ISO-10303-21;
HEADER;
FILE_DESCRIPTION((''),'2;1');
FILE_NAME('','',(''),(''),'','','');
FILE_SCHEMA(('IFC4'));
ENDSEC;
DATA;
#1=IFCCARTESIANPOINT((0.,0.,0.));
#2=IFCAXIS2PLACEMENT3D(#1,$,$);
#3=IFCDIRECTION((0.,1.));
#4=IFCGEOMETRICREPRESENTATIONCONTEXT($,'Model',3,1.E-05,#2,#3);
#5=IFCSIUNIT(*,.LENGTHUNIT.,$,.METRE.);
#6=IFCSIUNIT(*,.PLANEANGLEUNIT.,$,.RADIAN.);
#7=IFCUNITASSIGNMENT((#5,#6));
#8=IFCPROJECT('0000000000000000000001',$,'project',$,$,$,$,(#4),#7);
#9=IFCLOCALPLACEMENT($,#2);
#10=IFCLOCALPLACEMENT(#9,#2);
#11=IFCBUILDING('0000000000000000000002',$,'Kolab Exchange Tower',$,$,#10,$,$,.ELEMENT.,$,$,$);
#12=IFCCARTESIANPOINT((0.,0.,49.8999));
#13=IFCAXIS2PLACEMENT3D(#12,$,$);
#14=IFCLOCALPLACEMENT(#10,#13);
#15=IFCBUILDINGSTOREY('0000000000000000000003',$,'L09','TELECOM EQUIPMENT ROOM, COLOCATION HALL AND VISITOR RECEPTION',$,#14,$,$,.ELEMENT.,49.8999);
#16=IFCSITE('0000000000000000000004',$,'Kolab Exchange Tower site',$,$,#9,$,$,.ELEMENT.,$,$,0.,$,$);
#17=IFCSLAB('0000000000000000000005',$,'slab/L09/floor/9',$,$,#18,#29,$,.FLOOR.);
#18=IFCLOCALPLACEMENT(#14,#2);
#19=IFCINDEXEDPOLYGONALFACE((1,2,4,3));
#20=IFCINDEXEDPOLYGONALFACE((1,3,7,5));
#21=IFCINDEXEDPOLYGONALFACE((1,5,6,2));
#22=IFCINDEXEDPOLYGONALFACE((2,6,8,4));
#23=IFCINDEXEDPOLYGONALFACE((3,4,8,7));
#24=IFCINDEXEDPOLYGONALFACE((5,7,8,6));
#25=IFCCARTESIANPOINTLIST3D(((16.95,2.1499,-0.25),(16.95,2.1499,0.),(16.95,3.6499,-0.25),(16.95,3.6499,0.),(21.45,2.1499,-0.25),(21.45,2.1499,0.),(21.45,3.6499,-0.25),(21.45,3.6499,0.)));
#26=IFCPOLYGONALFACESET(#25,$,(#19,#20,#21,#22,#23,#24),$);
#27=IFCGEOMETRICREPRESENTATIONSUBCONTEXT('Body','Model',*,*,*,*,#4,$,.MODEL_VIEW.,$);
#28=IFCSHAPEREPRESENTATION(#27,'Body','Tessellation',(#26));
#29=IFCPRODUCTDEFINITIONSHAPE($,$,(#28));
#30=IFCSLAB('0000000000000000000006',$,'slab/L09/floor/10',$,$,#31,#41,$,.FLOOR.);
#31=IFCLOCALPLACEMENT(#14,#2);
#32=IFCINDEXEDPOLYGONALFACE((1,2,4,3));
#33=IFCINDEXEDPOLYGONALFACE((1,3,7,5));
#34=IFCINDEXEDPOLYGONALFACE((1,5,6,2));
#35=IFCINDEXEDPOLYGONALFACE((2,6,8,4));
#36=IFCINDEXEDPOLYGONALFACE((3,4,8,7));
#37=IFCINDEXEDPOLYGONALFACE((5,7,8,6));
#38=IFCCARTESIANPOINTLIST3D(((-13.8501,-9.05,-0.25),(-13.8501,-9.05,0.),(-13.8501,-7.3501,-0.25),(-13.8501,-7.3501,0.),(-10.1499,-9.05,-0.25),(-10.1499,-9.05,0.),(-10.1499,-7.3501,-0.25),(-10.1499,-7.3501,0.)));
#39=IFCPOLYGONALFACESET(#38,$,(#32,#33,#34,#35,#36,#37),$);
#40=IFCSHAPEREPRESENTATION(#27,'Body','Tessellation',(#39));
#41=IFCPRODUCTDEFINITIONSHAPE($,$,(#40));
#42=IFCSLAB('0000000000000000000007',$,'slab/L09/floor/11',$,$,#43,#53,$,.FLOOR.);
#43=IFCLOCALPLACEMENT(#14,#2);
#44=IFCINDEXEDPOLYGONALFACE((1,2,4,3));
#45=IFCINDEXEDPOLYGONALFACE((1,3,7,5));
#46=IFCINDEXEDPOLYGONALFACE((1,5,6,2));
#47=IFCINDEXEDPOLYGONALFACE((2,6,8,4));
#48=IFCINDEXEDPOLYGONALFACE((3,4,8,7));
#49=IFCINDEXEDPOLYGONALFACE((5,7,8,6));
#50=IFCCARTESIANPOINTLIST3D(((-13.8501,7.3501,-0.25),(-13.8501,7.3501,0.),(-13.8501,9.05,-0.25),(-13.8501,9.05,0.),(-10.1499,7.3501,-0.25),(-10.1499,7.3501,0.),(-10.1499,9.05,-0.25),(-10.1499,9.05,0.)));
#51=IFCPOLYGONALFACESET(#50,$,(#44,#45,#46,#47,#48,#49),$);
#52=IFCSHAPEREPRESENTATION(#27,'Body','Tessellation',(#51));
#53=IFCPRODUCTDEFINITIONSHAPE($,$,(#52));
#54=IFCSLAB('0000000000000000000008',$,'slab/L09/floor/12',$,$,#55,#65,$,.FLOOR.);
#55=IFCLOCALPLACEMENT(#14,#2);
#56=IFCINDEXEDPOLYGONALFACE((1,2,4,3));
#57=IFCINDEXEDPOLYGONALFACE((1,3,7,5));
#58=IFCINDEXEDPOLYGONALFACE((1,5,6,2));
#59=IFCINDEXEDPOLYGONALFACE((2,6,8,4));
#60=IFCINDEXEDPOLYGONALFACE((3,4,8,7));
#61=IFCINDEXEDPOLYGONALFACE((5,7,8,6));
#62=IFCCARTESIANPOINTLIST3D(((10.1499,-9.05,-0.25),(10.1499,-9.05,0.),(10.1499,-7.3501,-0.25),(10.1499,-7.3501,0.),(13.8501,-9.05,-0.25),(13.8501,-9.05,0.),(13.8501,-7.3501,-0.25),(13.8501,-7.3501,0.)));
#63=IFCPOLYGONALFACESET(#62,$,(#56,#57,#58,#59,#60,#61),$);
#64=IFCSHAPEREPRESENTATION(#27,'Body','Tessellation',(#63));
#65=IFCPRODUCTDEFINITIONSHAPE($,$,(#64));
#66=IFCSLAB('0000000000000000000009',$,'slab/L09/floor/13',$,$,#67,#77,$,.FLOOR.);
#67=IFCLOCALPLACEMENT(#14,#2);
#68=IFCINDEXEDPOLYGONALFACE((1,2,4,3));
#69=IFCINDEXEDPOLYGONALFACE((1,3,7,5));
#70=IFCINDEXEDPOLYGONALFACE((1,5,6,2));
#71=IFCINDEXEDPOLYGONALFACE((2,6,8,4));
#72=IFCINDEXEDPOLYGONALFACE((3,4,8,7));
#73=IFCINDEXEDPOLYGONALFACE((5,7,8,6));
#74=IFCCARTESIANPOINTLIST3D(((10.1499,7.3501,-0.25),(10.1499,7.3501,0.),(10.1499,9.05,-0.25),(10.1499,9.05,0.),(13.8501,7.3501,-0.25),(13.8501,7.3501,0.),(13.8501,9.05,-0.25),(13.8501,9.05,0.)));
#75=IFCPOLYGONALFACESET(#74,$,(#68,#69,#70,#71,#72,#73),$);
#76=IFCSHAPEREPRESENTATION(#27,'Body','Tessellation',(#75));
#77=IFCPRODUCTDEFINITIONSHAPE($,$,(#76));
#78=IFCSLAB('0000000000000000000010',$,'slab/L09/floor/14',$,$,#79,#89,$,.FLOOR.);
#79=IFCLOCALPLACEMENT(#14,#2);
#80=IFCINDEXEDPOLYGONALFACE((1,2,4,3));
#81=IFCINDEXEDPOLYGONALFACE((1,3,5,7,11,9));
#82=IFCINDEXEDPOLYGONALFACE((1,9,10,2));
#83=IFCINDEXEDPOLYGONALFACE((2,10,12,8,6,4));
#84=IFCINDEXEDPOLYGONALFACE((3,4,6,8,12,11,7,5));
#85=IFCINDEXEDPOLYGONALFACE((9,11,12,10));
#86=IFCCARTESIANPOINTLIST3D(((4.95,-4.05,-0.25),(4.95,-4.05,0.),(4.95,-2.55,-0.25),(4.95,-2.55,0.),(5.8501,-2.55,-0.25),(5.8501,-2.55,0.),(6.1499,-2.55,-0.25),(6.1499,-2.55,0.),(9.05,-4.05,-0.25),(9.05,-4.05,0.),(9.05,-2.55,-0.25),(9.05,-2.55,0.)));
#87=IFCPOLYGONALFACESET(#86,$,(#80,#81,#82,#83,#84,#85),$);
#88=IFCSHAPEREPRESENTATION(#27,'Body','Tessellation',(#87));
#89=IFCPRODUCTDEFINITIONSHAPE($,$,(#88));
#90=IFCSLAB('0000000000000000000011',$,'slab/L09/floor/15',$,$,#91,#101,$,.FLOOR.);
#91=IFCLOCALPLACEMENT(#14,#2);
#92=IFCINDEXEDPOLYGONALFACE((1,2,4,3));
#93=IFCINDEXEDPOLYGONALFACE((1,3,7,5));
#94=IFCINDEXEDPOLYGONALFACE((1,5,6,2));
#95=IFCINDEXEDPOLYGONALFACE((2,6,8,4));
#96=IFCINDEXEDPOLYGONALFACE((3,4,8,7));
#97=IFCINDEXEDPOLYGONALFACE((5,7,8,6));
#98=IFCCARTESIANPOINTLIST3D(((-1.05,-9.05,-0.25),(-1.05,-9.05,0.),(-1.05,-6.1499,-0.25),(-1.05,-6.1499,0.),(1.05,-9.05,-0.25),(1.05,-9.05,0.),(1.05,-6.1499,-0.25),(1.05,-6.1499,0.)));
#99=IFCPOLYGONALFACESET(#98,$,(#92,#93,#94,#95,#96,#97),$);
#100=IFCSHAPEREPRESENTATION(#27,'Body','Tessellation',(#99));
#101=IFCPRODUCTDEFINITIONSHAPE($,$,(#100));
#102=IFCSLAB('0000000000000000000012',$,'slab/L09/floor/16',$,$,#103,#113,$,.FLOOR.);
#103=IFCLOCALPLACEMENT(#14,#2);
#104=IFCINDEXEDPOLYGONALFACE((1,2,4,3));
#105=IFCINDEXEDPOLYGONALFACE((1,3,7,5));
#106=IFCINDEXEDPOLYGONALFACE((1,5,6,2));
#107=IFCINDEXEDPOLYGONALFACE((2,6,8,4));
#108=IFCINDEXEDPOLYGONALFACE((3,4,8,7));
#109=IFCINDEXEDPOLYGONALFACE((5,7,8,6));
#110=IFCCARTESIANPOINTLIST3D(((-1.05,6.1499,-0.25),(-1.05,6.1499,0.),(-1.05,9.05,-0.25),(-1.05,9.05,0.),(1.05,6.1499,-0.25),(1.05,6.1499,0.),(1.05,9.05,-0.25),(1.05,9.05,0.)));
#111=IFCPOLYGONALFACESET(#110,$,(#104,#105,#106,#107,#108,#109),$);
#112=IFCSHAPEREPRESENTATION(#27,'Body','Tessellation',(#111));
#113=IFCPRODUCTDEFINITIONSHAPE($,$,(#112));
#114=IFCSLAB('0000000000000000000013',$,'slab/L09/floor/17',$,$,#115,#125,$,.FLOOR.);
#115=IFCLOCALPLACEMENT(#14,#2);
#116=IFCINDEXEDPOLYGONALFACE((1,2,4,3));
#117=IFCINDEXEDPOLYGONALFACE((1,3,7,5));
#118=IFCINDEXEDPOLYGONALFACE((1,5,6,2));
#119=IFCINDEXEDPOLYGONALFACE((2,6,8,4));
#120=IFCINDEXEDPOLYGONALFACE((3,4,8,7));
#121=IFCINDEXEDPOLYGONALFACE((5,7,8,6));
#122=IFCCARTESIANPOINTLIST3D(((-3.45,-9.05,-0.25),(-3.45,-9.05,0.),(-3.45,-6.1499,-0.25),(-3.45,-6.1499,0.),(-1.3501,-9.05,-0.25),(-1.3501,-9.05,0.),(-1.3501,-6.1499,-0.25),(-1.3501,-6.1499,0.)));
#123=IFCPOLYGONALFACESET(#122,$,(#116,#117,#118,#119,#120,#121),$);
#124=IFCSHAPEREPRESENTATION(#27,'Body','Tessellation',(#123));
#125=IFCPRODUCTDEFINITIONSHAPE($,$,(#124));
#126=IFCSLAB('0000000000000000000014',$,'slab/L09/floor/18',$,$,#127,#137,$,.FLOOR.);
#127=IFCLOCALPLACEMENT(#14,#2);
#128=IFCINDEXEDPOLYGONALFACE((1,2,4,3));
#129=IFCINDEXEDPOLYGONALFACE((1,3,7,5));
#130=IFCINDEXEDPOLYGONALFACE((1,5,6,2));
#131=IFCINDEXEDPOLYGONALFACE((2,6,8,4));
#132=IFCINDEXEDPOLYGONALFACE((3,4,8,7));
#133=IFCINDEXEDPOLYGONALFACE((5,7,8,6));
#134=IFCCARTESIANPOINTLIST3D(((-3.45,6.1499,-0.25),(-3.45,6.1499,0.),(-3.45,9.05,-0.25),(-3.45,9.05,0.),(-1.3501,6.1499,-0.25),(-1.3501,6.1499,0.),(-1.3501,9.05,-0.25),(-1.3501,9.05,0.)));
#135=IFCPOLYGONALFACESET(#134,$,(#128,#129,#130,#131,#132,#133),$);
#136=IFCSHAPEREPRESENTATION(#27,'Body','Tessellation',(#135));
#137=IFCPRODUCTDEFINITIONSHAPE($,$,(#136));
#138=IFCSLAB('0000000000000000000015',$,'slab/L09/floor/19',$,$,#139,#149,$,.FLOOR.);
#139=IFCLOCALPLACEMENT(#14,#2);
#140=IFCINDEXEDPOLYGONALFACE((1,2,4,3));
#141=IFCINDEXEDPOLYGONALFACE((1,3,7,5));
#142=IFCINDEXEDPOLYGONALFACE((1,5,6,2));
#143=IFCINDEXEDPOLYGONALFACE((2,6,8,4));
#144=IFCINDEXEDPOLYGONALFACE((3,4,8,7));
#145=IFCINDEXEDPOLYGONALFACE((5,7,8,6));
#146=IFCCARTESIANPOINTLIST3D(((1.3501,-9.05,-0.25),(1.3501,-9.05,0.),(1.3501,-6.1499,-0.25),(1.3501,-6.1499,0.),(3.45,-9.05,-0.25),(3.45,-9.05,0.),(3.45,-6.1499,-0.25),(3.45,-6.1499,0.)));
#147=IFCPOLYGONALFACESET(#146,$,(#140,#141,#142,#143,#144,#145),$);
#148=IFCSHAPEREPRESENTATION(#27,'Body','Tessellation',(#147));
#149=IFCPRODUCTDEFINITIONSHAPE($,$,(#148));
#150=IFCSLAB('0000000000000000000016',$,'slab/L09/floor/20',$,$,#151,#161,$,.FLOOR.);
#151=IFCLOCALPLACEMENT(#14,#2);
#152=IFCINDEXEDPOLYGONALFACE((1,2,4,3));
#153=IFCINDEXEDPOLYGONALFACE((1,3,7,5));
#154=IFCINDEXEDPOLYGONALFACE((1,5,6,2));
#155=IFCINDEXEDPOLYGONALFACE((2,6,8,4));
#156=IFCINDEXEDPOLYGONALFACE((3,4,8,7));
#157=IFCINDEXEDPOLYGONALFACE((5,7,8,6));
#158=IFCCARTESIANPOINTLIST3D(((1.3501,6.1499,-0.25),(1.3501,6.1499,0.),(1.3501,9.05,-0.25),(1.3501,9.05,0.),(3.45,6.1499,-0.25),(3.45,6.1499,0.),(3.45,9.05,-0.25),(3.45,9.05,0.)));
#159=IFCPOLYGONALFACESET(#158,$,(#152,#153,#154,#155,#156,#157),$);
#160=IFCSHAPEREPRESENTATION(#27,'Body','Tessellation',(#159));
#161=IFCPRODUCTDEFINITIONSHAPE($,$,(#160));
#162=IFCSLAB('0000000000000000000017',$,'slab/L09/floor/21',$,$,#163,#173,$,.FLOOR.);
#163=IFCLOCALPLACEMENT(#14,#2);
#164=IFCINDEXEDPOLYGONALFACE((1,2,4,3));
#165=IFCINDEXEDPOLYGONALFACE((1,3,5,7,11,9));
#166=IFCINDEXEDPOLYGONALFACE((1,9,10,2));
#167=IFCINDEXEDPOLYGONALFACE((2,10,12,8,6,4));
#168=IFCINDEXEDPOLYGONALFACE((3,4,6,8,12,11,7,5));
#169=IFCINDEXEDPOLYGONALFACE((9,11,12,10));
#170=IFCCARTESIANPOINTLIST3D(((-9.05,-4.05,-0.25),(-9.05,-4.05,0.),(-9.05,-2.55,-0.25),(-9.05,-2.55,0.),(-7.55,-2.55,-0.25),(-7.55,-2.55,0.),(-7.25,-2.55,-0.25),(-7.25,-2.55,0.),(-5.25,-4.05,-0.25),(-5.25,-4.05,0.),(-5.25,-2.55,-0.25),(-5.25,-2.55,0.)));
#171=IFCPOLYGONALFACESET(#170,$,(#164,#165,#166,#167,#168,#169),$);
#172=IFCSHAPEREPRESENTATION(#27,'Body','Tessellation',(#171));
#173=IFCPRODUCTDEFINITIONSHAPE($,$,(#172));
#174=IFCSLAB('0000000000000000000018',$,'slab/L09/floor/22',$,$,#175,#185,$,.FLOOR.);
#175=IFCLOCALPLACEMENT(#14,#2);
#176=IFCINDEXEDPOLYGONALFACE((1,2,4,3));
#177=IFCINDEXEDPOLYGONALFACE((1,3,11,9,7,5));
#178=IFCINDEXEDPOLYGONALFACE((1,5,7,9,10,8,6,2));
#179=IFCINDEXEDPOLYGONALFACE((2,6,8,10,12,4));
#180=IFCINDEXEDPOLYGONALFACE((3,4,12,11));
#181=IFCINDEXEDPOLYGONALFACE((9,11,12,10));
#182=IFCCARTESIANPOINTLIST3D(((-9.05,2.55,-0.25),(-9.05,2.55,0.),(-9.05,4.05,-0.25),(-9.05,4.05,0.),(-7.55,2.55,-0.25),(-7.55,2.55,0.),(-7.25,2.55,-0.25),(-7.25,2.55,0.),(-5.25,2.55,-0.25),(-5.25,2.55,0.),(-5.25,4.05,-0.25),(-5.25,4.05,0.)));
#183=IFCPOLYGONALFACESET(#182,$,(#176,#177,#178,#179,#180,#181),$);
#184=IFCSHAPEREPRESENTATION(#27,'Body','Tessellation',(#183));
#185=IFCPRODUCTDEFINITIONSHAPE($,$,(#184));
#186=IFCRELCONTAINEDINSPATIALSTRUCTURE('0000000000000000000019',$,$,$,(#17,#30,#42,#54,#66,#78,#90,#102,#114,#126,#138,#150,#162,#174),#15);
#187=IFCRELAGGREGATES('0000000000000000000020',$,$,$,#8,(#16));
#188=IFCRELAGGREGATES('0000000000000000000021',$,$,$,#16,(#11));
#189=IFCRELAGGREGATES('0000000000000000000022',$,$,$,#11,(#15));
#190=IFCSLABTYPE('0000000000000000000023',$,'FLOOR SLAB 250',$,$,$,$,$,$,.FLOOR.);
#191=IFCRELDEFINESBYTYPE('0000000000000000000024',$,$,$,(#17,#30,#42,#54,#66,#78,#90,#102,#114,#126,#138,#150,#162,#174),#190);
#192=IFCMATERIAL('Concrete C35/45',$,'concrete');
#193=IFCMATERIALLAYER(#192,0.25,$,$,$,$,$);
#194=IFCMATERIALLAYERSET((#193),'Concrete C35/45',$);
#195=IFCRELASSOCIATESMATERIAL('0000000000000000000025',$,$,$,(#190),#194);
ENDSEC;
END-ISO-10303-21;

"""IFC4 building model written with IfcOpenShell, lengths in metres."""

from ifc_helpers import new_model, si_unit, direction, frame, origin, place, context, subcontext, project, spatial, polyline, outline, extrude, material, layer, layer_set, type_object, element, save


model = new_model("IFC4")

# Units and contexts
model_context = context("Model", 3, precision=1e-05, world=origin(), true_north=direction((0.0, 1.0)))
body_context = subcontext(model_context, "Body", "Model", "MODEL_VIEW")
ifc_project = project(units=[si_unit("LENGTHUNIT", "METRE"), si_unit("PLANEANGLEUNIT", "RADIAN")], contexts=[model_context])

# Site, building, storey
site_placement = place(None, origin())
site = spatial("IfcSite", under=ifc_project, at=site_placement, Name="Kolab Exchange Tower site", CompositionType="ELEMENT", RefElevation=0.0)
building_placement = place(site_placement, origin())
building = spatial("IfcBuilding", under=site, at=building_placement, Name="Kolab Exchange Tower", CompositionType="ELEMENT")
storey_placement = place(building_placement, frame((0.0, 0.0, 49.8999)))
storey = spatial("IfcBuildingStorey", under=building, at=storey_placement, Name="L09", Description="TELECOM EQUIPMENT ROOM, COLOCATION HALL AND VISITOR RECEPTION", CompositionType="ELEMENT", Elevation=49.8999)

# Slabs
ifc_material = material(Name="Concrete C35/45", Category="concrete")
ifc_layer_1 = layer(ifc_material, 0.25)
ifc_layer_set_1 = layer_set([ifc_layer_1], Name="Concrete C35/45")
slab_type_1 = type_object("IfcSlabType", Name="FLOOR SLAB 250", PredefinedType="FLOOR", material=ifc_layer_set_1)
slab_1_placement = place(storey_placement, frame((0.0, 0.0, -0.25)))
element("IfcSlab", 1, at=slab_1_placement, inside=storey, type_object=slab_type_1, Name="slab/L09/floor/9", PredefinedType="FLOOR", context=body_context, shape_type="SweptSolid", body=[
    extrude(outline(polyline([(21.45, 3.6499), (16.95, 3.6499), (16.95, 2.1499), (21.45, 2.1499), (21.45, 3.6499)])), origin(), (0.0, 0.0, 1.0), 0.25),
])
slab_2_placement = place(storey_placement, frame((0.0, 0.0, -0.25)))
element("IfcSlab", 2, at=slab_2_placement, inside=storey, type_object=slab_type_1, Name="slab/L09/floor/10", PredefinedType="FLOOR", context=body_context, shape_type="SweptSolid", body=[
    extrude(outline(polyline([(-10.1499, -9.05), (-10.1499, -7.3501), (-13.8501, -7.3501), (-13.8501, -9.05), (-10.1499, -9.05)])), origin(), (0.0, 0.0, 1.0), 0.25),
])
slab_3_placement = place(storey_placement, frame((0.0, 0.0, -0.25)))
element("IfcSlab", 3, at=slab_3_placement, inside=storey, type_object=slab_type_1, Name="slab/L09/floor/11", PredefinedType="FLOOR", context=body_context, shape_type="SweptSolid", body=[
    extrude(outline(polyline([(-13.8501, 7.3501), (-10.1499, 7.3501), (-10.1499, 9.05), (-13.8501, 9.05), (-13.8501, 7.3501)])), origin(), (0.0, 0.0, 1.0), 0.25),
])
slab_4_placement = place(storey_placement, frame((0.0, 0.0, -0.25)))
element("IfcSlab", 4, at=slab_4_placement, inside=storey, type_object=slab_type_1, Name="slab/L09/floor/12", PredefinedType="FLOOR", context=body_context, shape_type="SweptSolid", body=[
    extrude(outline(polyline([(10.1499, -7.3501), (10.1499, -9.05), (13.8501, -9.05), (13.8501, -7.3501), (10.1499, -7.3501)])), origin(), (0.0, 0.0, 1.0), 0.25),
])
slab_5_placement = place(storey_placement, frame((0.0, 0.0, -0.25)))
element("IfcSlab", 5, at=slab_5_placement, inside=storey, type_object=slab_type_1, Name="slab/L09/floor/13", PredefinedType="FLOOR", context=body_context, shape_type="SweptSolid", body=[
    extrude(outline(polyline([(10.1499, 7.3501), (13.8501, 7.3501), (13.8501, 9.05), (10.1499, 9.05), (10.1499, 7.3501)])), origin(), (0.0, 0.0, 1.0), 0.25),
])
slab_6_placement = place(storey_placement, frame((0.0, 0.0, -0.25)))
element("IfcSlab", 6, at=slab_6_placement, inside=storey, type_object=slab_type_1, Name="slab/L09/floor/14", PredefinedType="FLOOR", context=body_context, shape_type="SweptSolid", body=[
    extrude(outline(polyline([(9.05, -4.05), (9.05, -2.55), (6.1499, -2.55), (5.8501, -2.55), (4.95, -2.55), (4.95, -4.05), (9.05, -4.05)])), origin(), (0.0, 0.0, 1.0), 0.25),
])
slab_7_placement = place(storey_placement, frame((0.0, 0.0, -0.25)))
element("IfcSlab", 7, at=slab_7_placement, inside=storey, type_object=slab_type_1, Name="slab/L09/floor/15", PredefinedType="FLOOR", context=body_context, shape_type="SweptSolid", body=[
    extrude(outline(polyline([(1.05, -6.1499), (-1.05, -6.1499), (-1.05, -9.05), (1.05, -9.05), (1.05, -6.1499)])), origin(), (0.0, 0.0, 1.0), 0.25),
])
slab_8_placement = place(storey_placement, frame((0.0, 0.0, -0.25)))
element("IfcSlab", 8, at=slab_8_placement, inside=storey, type_object=slab_type_1, Name="slab/L09/floor/16", PredefinedType="FLOOR", context=body_context, shape_type="SweptSolid", body=[
    extrude(outline(polyline([(-1.05, 9.05), (-1.05, 6.1499), (1.05, 6.1499), (1.05, 9.05), (-1.05, 9.05)])), origin(), (0.0, 0.0, 1.0), 0.25),
])
slab_9_placement = place(storey_placement, frame((0.0, 0.0, -0.25)))
element("IfcSlab", 9, at=slab_9_placement, inside=storey, type_object=slab_type_1, Name="slab/L09/floor/17", PredefinedType="FLOOR", context=body_context, shape_type="SweptSolid", body=[
    extrude(outline(polyline([(-1.3501, -6.1499), (-3.45, -6.1499), (-3.45, -9.05), (-1.3501, -9.05), (-1.3501, -6.1499)])), origin(), (0.0, 0.0, 1.0), 0.25),
])
slab_10_placement = place(storey_placement, frame((0.0, 0.0, -0.25)))
element("IfcSlab", 10, at=slab_10_placement, inside=storey, type_object=slab_type_1, Name="slab/L09/floor/18", PredefinedType="FLOOR", context=body_context, shape_type="SweptSolid", body=[
    extrude(outline(polyline([(-1.3501, 6.1499), (-1.3501, 9.05), (-3.45, 9.05), (-3.45, 6.1499), (-1.3501, 6.1499)])), origin(), (0.0, 0.0, 1.0), 0.25),
])
slab_11_placement = place(storey_placement, frame((0.0, 0.0, -0.25)))
element("IfcSlab", 11, at=slab_11_placement, inside=storey, type_object=slab_type_1, Name="slab/L09/floor/19", PredefinedType="FLOOR", context=body_context, shape_type="SweptSolid", body=[
    extrude(outline(polyline([(1.3501, -6.1499), (1.3501, -9.05), (3.45, -9.05), (3.45, -6.1499), (1.3501, -6.1499)])), origin(), (0.0, 0.0, 1.0), 0.25),
])
slab_12_placement = place(storey_placement, frame((0.0, 0.0, -0.25)))
element("IfcSlab", 12, at=slab_12_placement, inside=storey, type_object=slab_type_1, Name="slab/L09/floor/20", PredefinedType="FLOOR", context=body_context, shape_type="SweptSolid", body=[
    extrude(outline(polyline([(1.3501, 6.1499), (3.45, 6.1499), (3.45, 9.05), (1.3501, 9.05), (1.3501, 6.1499)])), origin(), (0.0, 0.0, 1.0), 0.25),
])
slab_13_placement = place(storey_placement, frame((0.0, 0.0, -0.25)))
element("IfcSlab", 13, at=slab_13_placement, inside=storey, type_object=slab_type_1, Name="slab/L09/floor/21", PredefinedType="FLOOR", context=body_context, shape_type="SweptSolid", body=[
    extrude(outline(polyline([(-9.05, -4.05), (-5.25, -4.05), (-5.25, -2.55), (-7.25, -2.55), (-7.55, -2.55), (-9.05, -2.55), (-9.05, -4.05)])), origin(), (0.0, 0.0, 1.0), 0.25),
])
slab_14_placement = place(storey_placement, frame((0.0, 0.0, -0.25)))
element("IfcSlab", 14, at=slab_14_placement, inside=storey, type_object=slab_type_1, Name="slab/L09/floor/22", PredefinedType="FLOOR", context=body_context, shape_type="SweptSolid", body=[
    extrude(outline(polyline([(-5.25, 4.05), (-9.05, 4.05), (-9.05, 2.55), (-7.55, 2.55), (-7.25, 2.55), (-5.25, 2.55), (-5.25, 4.05)])), origin(), (0.0, 0.0, 1.0), 0.25),
])

save(model, "model.ifc")
